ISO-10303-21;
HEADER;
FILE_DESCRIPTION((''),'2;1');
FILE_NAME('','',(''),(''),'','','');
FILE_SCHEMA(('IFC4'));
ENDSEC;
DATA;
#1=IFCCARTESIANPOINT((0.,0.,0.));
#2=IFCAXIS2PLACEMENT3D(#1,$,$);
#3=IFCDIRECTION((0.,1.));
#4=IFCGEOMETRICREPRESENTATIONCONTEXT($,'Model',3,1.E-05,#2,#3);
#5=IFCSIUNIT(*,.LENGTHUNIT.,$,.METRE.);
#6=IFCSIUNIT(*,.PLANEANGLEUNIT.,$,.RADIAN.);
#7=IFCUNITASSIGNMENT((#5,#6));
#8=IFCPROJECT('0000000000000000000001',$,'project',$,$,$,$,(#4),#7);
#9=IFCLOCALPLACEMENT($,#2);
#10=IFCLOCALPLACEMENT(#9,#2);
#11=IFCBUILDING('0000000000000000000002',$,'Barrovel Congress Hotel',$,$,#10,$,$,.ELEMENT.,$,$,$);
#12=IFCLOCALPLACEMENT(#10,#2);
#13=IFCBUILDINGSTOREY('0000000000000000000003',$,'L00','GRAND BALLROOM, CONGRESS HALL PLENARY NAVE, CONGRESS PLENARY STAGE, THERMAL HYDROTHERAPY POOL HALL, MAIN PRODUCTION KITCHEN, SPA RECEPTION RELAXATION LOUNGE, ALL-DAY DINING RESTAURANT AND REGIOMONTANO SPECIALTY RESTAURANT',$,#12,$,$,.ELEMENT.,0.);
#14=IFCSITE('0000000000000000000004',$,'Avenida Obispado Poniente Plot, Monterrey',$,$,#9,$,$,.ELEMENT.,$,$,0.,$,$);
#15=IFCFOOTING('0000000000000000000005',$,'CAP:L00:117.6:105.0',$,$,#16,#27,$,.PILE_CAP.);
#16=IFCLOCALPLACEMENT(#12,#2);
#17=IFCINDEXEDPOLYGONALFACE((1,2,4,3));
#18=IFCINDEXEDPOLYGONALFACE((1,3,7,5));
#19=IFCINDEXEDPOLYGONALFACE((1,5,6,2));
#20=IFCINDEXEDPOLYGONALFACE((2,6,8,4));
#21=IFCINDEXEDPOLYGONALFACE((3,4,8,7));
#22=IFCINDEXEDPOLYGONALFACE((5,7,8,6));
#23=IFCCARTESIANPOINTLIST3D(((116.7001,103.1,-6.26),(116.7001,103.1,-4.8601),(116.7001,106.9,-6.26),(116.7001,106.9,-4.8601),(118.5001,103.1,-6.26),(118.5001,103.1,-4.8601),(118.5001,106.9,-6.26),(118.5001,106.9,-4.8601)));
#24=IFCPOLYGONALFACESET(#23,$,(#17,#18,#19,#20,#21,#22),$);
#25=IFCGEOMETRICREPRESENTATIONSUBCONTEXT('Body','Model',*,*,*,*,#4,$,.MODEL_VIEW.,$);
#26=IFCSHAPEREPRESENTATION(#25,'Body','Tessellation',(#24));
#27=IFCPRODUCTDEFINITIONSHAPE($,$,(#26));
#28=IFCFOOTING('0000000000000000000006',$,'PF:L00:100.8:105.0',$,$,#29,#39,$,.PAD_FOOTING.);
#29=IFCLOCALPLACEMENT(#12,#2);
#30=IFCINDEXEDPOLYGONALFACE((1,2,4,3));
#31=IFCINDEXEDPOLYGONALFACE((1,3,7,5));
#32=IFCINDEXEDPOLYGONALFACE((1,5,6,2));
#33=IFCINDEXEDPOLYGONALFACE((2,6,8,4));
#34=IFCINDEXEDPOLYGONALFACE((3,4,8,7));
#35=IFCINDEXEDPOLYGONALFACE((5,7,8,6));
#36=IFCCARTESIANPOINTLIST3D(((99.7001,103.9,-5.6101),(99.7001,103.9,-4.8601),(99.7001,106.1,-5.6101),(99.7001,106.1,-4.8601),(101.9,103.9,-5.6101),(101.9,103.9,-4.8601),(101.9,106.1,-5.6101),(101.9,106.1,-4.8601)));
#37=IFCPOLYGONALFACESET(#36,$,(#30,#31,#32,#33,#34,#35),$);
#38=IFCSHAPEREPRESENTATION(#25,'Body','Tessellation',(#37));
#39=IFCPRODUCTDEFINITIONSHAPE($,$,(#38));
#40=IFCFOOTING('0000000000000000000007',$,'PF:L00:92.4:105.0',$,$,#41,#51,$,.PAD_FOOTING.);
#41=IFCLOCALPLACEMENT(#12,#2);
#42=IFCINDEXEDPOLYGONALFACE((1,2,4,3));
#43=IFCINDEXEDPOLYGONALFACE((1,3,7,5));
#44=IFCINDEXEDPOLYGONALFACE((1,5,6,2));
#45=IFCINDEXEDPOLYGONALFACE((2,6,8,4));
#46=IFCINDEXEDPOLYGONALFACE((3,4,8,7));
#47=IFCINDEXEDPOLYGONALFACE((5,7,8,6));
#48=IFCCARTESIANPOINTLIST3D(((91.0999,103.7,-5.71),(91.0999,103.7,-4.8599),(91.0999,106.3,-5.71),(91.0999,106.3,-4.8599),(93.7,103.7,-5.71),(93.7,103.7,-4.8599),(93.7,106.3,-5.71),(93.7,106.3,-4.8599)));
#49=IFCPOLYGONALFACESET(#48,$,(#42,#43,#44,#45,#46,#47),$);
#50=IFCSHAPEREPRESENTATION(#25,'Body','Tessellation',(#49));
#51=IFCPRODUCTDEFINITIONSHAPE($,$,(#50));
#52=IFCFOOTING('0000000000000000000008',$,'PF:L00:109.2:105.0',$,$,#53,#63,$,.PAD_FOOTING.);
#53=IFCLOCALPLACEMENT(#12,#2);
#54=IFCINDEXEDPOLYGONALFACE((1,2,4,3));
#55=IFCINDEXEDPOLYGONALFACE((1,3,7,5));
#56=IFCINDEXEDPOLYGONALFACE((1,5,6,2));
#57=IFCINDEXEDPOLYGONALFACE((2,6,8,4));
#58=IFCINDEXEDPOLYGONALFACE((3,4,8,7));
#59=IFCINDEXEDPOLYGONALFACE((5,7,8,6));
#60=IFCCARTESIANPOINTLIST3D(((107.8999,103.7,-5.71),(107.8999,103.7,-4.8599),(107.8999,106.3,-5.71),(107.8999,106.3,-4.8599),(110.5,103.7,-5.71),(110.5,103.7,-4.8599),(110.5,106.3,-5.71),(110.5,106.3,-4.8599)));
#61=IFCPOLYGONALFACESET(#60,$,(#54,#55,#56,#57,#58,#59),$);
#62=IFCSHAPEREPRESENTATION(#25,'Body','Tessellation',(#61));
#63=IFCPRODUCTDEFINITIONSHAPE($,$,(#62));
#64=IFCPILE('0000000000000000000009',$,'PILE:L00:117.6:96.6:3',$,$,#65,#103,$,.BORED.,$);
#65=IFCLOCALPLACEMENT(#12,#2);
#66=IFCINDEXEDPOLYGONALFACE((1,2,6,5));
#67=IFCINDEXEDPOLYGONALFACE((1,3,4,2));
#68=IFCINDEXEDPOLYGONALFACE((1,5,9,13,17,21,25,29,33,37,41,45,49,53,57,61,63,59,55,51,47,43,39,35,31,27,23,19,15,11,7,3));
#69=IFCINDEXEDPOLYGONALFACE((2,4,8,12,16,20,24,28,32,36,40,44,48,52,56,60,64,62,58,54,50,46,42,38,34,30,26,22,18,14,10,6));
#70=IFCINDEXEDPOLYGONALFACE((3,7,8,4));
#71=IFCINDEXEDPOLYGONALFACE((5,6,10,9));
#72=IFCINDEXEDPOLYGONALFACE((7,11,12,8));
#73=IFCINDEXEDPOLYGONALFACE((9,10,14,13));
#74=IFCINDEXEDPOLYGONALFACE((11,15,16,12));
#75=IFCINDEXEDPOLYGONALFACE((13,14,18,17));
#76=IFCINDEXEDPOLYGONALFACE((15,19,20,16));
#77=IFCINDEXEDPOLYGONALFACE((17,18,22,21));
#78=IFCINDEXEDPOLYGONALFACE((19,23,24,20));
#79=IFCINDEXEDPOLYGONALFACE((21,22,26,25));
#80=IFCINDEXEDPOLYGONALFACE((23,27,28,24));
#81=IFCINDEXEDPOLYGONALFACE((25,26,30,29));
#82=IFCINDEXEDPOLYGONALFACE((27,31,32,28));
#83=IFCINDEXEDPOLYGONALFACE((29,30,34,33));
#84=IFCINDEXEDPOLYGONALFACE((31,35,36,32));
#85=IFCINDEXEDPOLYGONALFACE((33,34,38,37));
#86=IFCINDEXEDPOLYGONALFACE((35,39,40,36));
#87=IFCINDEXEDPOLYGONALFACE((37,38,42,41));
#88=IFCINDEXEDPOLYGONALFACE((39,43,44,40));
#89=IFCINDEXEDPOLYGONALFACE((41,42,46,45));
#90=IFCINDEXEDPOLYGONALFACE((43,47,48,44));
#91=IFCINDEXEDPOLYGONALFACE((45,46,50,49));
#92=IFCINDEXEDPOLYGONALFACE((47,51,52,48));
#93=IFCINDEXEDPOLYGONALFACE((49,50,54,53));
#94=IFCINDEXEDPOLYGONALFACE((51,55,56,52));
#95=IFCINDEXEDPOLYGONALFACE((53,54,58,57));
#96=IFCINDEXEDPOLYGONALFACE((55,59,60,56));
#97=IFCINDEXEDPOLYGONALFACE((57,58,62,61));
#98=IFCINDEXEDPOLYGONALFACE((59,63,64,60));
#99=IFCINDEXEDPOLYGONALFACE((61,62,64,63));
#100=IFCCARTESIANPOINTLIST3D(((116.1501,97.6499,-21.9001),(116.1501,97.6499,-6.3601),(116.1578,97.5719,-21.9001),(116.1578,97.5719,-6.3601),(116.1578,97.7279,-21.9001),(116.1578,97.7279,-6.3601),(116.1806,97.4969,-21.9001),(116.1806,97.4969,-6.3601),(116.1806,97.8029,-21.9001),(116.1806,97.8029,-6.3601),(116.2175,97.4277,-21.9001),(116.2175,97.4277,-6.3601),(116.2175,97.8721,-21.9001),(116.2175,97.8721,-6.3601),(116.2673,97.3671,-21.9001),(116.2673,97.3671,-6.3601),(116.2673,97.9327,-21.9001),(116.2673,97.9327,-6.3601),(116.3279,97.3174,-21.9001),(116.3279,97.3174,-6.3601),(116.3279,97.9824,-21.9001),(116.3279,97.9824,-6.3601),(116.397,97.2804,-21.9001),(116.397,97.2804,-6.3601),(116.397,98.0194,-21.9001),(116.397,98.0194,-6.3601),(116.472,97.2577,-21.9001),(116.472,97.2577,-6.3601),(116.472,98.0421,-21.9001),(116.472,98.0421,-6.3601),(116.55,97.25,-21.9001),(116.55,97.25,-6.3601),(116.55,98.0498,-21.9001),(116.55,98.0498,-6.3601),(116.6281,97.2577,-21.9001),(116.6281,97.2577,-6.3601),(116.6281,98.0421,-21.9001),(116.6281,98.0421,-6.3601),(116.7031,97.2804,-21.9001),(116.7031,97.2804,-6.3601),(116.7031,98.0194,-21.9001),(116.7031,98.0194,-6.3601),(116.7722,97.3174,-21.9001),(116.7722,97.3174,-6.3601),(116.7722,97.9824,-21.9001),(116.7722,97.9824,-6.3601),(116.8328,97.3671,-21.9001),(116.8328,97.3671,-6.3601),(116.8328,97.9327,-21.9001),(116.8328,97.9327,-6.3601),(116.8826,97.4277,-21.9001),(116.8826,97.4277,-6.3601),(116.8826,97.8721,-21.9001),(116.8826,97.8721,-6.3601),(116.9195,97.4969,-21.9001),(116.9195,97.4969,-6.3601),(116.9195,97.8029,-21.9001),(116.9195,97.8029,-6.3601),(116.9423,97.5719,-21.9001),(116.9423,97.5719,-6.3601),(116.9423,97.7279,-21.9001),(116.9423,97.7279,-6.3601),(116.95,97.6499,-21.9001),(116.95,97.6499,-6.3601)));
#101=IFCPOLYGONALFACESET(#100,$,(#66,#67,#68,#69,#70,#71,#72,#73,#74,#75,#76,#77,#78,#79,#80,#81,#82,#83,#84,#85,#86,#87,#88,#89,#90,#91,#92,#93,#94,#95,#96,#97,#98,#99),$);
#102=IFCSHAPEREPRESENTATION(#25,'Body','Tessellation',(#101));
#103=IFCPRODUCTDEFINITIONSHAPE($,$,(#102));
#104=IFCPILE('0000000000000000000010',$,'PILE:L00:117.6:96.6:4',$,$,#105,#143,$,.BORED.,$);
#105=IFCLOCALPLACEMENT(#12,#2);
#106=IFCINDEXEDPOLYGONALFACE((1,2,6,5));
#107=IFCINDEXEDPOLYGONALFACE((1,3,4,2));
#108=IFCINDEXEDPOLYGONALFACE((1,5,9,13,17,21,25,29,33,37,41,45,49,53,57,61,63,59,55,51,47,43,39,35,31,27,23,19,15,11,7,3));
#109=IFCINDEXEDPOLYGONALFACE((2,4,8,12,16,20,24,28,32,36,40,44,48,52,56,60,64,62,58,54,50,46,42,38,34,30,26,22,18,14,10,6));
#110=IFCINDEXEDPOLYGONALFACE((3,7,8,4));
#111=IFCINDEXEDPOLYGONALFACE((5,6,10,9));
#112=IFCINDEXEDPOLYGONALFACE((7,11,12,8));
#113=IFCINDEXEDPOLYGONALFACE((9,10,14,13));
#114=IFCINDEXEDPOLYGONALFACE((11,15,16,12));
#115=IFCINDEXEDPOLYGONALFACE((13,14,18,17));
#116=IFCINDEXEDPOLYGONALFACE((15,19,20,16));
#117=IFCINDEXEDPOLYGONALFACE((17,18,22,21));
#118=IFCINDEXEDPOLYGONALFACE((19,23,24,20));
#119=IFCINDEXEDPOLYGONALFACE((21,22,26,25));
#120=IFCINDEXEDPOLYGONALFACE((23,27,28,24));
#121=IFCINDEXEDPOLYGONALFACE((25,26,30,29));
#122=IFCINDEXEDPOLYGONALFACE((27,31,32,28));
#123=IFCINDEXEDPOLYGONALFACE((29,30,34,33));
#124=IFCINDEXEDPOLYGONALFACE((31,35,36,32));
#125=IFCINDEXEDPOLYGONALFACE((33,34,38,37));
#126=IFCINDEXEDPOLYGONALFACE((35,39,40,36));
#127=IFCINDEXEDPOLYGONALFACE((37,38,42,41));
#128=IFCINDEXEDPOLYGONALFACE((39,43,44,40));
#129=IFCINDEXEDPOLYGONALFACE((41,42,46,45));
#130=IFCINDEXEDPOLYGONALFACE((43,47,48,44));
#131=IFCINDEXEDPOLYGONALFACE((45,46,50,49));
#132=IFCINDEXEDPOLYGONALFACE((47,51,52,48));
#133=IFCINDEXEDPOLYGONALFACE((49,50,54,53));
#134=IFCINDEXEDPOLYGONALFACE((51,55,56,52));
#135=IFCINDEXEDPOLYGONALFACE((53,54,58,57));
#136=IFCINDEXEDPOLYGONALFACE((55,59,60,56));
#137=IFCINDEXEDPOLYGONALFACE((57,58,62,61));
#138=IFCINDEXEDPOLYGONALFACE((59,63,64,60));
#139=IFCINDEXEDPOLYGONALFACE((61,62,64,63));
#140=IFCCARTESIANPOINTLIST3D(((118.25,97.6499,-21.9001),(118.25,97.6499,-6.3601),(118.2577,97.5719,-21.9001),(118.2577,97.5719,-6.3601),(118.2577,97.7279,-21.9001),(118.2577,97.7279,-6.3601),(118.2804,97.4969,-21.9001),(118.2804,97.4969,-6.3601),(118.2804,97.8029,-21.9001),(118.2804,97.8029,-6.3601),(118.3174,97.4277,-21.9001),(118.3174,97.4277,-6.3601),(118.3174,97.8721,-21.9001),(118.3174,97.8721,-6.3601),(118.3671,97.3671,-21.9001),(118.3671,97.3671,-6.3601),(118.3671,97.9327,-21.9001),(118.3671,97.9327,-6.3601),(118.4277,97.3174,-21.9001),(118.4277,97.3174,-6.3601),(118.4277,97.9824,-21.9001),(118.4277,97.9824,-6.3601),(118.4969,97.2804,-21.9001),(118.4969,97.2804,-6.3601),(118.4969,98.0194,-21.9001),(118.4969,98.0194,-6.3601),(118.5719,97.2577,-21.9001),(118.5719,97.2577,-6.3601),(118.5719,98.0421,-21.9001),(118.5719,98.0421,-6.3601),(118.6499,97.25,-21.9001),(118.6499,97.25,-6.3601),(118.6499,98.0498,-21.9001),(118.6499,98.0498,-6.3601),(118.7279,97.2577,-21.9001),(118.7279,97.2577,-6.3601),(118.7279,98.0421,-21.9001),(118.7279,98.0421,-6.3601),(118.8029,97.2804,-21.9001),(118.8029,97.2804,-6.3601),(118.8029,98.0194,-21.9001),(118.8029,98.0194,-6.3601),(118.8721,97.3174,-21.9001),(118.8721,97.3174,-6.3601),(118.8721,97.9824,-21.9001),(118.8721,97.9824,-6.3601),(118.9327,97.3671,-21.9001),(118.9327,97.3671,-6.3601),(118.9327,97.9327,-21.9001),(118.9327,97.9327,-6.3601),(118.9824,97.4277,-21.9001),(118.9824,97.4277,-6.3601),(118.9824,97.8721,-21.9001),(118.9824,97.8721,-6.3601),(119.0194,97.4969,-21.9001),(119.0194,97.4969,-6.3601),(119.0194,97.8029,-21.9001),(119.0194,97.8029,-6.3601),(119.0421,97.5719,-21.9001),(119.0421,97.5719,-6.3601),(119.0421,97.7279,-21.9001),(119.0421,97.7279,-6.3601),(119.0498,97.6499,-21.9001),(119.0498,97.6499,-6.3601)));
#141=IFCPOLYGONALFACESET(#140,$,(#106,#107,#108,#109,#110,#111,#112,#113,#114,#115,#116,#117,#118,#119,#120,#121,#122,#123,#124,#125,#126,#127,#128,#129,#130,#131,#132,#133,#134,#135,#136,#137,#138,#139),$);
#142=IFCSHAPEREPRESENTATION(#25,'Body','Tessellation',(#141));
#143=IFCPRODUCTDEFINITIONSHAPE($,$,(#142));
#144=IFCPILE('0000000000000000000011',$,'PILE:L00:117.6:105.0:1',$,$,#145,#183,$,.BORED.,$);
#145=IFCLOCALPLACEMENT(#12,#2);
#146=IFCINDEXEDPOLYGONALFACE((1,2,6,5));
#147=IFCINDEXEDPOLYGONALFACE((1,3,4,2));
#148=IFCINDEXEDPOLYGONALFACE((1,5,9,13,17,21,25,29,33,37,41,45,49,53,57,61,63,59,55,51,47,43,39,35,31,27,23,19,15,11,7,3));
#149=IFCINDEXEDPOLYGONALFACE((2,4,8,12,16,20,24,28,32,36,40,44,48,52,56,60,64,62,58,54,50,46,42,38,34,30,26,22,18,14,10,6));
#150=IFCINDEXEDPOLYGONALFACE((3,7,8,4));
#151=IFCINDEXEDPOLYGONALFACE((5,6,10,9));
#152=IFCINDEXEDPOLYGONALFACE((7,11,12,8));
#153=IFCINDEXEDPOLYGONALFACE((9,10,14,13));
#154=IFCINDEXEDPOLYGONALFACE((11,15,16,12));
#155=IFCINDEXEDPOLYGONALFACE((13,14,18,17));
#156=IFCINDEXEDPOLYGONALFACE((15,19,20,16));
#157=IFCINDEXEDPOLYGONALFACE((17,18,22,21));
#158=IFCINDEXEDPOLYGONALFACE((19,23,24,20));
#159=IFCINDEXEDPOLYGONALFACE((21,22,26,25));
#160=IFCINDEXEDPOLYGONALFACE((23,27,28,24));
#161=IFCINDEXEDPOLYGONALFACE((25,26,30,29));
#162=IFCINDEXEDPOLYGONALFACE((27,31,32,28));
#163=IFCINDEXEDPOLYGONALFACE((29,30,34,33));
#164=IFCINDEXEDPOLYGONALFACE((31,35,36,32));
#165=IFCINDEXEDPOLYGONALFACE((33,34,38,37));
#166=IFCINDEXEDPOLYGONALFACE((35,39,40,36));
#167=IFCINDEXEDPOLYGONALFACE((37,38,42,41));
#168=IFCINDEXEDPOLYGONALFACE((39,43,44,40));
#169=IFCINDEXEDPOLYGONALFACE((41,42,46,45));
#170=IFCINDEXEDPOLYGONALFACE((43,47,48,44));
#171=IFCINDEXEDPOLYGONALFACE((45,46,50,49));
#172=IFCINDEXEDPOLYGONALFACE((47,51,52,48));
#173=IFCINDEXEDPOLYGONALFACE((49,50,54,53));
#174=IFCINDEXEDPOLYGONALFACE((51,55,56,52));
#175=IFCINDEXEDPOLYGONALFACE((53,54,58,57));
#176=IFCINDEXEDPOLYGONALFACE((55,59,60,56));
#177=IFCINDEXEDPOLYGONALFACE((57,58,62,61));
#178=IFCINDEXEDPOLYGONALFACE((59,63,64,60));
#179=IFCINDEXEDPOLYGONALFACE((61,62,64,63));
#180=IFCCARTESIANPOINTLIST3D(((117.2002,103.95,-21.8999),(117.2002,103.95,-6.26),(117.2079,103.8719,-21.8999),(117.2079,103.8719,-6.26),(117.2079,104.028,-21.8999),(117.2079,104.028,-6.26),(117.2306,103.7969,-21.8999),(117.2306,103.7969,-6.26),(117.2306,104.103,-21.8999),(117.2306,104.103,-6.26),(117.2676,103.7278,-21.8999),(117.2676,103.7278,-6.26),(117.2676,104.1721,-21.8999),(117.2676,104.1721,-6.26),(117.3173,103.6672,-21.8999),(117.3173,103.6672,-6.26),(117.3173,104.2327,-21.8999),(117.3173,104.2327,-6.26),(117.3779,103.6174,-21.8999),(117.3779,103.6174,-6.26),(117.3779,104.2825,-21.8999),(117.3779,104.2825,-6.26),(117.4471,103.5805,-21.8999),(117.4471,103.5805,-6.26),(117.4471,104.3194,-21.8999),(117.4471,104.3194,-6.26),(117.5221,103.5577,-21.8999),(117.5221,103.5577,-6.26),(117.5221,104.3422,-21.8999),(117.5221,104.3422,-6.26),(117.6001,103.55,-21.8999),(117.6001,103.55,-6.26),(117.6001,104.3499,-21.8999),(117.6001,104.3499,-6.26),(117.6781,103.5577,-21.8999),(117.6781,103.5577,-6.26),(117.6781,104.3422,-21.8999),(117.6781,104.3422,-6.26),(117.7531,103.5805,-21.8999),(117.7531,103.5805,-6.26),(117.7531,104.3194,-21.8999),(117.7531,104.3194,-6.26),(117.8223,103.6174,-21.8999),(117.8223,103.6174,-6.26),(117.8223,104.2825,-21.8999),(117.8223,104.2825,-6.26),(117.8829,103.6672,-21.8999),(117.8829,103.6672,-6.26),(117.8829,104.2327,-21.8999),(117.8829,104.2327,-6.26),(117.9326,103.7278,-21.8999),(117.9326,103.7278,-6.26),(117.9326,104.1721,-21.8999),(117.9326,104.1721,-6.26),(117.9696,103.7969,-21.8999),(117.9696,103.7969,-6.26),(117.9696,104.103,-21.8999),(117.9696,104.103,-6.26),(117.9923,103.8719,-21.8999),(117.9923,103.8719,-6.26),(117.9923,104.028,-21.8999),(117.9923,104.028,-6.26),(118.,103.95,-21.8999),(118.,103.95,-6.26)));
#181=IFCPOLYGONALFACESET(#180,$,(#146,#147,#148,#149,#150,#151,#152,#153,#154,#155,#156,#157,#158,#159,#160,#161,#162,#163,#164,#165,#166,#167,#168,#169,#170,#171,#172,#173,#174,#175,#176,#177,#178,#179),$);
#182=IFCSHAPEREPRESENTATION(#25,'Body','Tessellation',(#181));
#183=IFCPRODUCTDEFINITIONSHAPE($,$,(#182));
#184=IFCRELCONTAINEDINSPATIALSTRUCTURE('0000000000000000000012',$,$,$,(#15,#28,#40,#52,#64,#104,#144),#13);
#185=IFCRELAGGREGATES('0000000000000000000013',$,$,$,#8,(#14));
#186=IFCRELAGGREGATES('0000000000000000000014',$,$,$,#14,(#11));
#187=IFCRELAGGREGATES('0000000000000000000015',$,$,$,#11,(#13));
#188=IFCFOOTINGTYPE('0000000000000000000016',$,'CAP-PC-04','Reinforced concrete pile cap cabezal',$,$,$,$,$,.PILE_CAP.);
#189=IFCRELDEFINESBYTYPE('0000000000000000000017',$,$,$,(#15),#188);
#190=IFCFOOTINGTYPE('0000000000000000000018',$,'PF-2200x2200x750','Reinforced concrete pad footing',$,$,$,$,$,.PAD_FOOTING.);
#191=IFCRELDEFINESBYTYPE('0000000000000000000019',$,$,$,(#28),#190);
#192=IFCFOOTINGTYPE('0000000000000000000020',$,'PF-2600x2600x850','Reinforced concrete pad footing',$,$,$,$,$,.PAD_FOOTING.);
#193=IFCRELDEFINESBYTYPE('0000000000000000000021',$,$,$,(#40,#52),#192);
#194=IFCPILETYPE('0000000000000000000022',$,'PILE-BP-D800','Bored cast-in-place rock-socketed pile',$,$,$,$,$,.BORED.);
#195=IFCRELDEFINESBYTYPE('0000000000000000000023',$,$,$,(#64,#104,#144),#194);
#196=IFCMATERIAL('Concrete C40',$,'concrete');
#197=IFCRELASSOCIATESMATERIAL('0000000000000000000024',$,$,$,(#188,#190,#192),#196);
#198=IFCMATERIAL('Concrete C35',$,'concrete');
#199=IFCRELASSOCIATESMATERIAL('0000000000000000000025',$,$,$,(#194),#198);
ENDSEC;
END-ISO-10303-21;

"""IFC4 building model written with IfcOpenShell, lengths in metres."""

from ifc_helpers import new_model, si_unit, direction, frame, origin, origin_2d, place, context, subcontext, project, spatial, rectangle, circle, extrude, material, material_profile, profile_set, type_object, element, save


model = new_model("IFC4")

# Units and contexts
model_context = context("Model", 3, precision=1e-05, world=origin(), true_north=direction((0.0, 1.0)))
body_context = subcontext(model_context, "Body", "Model", "MODEL_VIEW")
ifc_project = project(units=[si_unit("LENGTHUNIT", "METRE"), si_unit("PLANEANGLEUNIT", "RADIAN")], contexts=[model_context])

# Site, building, storey
site_placement = place(None, origin())
site = spatial("IfcSite", under=ifc_project, at=site_placement, Name="Avenida Obispado Poniente Plot, Monterrey", CompositionType="ELEMENT", RefElevation=0.0)
building_placement = place(site_placement, origin())
building = spatial("IfcBuilding", under=site, at=building_placement, Name="Barrovel Congress Hotel", CompositionType="ELEMENT")
storey_placement = place(building_placement, origin())
storey = spatial("IfcBuildingStorey", under=building, at=storey_placement, Name="L00", Description="GRAND BALLROOM, CONGRESS HALL PLENARY NAVE, CONGRESS PLENARY STAGE, THERMAL HYDROTHERAPY POOL HALL, MAIN PRODUCTION KITCHEN, SPA RECEPTION RELAXATION LOUNGE, ALL-DAY DINING RESTAURANT AND REGIOMONTANO SPECIALTY RESTAURANT", CompositionType="ELEMENT", Elevation=0.0)

# Footings
ifc_material_1 = material(Name="Concrete C40", Category="concrete")
footing_type_1 = type_object("IfcFootingType", Name="CAP-PC-04", Description="Reinforced concrete pile cap cabezal", PredefinedType="PILE_CAP", material=ifc_material_1)
footing_1_placement = place(storey_placement, frame((117.6001, 105.0, -6.26), z_axis=(0.0, 0.0, 1.0), x_axis=(1.0, 0.0, 0.0)))
element("IfcFooting", 1, at=footing_1_placement, inside=storey, type_object=footing_type_1, Name="CAP:L00:117.6:105.0", PredefinedType="PILE_CAP", context=body_context, shape_type="SweptSolid", body=[
    extrude(rectangle(XDim=1.8, YDim=3.8, at=origin_2d()), origin(), (0.0, 0.0, 1.0), 1.3999),
])
footing_type_2 = type_object("IfcFootingType", Name="PF-2200x2200x750", Description="Reinforced concrete pad footing", PredefinedType="PAD_FOOTING", material=ifc_material_1)
footing_2_placement = place(storey_placement, frame((100.8, 105.0, -5.6101), z_axis=(0.0, 0.0, 1.0), x_axis=(1.0, 0.0, 0.0)))
element("IfcFooting", 2, at=footing_2_placement, inside=storey, type_object=footing_type_2, Name="PF:L00:100.8:105.0", PredefinedType="PAD_FOOTING", context=body_context, shape_type="SweptSolid", body=[
    extrude(rectangle(XDim=2.2, YDim=2.2, at=origin_2d()), origin(), (0.0, 0.0, 1.0), 0.75),
])
footing_type_3 = type_object("IfcFootingType", Name="PF-2600x2600x850", Description="Reinforced concrete pad footing", PredefinedType="PAD_FOOTING", material=ifc_material_1)
for number, where, z_axis, x_axis, name in (
    (3, (92.3999, 105.0, -5.71), (0.0, 0.0, 1.0), (1.0, 0.0, 0.0), "PF:L00:92.4:105.0"),
    (4, (109.2, 105.0, -5.71), (0.0, 0.0, 1.0), (1.0, 0.0, 0.0), "PF:L00:109.2:105.0"),
):
    element("IfcFooting", number, at=place(storey_placement, frame(where, z_axis=z_axis, x_axis=x_axis)), inside=storey, type_object=footing_type_3, Name=name, PredefinedType="PAD_FOOTING", context=body_context, shape_type="SweptSolid", body=[
        extrude(rectangle(XDim=2.6001, YDim=2.6001, at=origin_2d()), origin(), (0.0, 0.0, 1.0), 0.8501),
    ])

# Piles
ifc_material_2 = material(Name="Concrete C35", Category="concrete")
ifc_material_profile_1 = material_profile(ifc_material_2, circle(Radius=0.3999, at=origin_2d()), Name="BP-D800")
ifc_profile_set_1 = profile_set([ifc_material_profile_1], Name="Concrete C35")
pile_type = type_object("IfcPileType", Name="PILE-BP-D800", Description="Bored cast-in-place rock-socketed pile", PredefinedType="BORED", material=ifc_profile_set_1)
for number, where, z_axis, x_axis, name in (
    (5, (116.55, 97.6499, -6.3601), (0.0, 0.0, -1.0), (1.0, 0.0, 0.0), "PILE:L00:117.6:96.6:3"),
    (6, (118.6499, 97.6499, -6.3601), (0.0, 0.0, -1.0), (1.0, 0.0, 0.0), "PILE:L00:117.6:96.6:4"),
):
    element("IfcPile", number, at=place(storey_placement, frame(where, z_axis=z_axis, x_axis=x_axis)), inside=storey, type_object=pile_type, Name=name, PredefinedType="BORED", context=body_context, shape_type="SweptSolid", body=[
        extrude(circle(Radius=0.3999, at=origin_2d()), origin(), (0.0, 0.0, 1.0), 15.54),
    ])
for number, where, z_axis, x_axis, name in (
    (7, (117.6001, 103.95, -6.26), (0.0, 0.0, -1.0), (1.0, 0.0, 0.0), "PILE:L00:117.6:105.0:1"),
):
    element("IfcPile", number, at=place(storey_placement, frame(where, z_axis=z_axis, x_axis=x_axis)), inside=storey, type_object=pile_type, Name=name, PredefinedType="BORED", context=body_context, shape_type="SweptSolid", body=[
        extrude(circle(Radius=0.3999, at=origin_2d()), origin(), (0.0, 0.0, 1.0), 15.6399),
    ])

save(model, "model.ifc")
